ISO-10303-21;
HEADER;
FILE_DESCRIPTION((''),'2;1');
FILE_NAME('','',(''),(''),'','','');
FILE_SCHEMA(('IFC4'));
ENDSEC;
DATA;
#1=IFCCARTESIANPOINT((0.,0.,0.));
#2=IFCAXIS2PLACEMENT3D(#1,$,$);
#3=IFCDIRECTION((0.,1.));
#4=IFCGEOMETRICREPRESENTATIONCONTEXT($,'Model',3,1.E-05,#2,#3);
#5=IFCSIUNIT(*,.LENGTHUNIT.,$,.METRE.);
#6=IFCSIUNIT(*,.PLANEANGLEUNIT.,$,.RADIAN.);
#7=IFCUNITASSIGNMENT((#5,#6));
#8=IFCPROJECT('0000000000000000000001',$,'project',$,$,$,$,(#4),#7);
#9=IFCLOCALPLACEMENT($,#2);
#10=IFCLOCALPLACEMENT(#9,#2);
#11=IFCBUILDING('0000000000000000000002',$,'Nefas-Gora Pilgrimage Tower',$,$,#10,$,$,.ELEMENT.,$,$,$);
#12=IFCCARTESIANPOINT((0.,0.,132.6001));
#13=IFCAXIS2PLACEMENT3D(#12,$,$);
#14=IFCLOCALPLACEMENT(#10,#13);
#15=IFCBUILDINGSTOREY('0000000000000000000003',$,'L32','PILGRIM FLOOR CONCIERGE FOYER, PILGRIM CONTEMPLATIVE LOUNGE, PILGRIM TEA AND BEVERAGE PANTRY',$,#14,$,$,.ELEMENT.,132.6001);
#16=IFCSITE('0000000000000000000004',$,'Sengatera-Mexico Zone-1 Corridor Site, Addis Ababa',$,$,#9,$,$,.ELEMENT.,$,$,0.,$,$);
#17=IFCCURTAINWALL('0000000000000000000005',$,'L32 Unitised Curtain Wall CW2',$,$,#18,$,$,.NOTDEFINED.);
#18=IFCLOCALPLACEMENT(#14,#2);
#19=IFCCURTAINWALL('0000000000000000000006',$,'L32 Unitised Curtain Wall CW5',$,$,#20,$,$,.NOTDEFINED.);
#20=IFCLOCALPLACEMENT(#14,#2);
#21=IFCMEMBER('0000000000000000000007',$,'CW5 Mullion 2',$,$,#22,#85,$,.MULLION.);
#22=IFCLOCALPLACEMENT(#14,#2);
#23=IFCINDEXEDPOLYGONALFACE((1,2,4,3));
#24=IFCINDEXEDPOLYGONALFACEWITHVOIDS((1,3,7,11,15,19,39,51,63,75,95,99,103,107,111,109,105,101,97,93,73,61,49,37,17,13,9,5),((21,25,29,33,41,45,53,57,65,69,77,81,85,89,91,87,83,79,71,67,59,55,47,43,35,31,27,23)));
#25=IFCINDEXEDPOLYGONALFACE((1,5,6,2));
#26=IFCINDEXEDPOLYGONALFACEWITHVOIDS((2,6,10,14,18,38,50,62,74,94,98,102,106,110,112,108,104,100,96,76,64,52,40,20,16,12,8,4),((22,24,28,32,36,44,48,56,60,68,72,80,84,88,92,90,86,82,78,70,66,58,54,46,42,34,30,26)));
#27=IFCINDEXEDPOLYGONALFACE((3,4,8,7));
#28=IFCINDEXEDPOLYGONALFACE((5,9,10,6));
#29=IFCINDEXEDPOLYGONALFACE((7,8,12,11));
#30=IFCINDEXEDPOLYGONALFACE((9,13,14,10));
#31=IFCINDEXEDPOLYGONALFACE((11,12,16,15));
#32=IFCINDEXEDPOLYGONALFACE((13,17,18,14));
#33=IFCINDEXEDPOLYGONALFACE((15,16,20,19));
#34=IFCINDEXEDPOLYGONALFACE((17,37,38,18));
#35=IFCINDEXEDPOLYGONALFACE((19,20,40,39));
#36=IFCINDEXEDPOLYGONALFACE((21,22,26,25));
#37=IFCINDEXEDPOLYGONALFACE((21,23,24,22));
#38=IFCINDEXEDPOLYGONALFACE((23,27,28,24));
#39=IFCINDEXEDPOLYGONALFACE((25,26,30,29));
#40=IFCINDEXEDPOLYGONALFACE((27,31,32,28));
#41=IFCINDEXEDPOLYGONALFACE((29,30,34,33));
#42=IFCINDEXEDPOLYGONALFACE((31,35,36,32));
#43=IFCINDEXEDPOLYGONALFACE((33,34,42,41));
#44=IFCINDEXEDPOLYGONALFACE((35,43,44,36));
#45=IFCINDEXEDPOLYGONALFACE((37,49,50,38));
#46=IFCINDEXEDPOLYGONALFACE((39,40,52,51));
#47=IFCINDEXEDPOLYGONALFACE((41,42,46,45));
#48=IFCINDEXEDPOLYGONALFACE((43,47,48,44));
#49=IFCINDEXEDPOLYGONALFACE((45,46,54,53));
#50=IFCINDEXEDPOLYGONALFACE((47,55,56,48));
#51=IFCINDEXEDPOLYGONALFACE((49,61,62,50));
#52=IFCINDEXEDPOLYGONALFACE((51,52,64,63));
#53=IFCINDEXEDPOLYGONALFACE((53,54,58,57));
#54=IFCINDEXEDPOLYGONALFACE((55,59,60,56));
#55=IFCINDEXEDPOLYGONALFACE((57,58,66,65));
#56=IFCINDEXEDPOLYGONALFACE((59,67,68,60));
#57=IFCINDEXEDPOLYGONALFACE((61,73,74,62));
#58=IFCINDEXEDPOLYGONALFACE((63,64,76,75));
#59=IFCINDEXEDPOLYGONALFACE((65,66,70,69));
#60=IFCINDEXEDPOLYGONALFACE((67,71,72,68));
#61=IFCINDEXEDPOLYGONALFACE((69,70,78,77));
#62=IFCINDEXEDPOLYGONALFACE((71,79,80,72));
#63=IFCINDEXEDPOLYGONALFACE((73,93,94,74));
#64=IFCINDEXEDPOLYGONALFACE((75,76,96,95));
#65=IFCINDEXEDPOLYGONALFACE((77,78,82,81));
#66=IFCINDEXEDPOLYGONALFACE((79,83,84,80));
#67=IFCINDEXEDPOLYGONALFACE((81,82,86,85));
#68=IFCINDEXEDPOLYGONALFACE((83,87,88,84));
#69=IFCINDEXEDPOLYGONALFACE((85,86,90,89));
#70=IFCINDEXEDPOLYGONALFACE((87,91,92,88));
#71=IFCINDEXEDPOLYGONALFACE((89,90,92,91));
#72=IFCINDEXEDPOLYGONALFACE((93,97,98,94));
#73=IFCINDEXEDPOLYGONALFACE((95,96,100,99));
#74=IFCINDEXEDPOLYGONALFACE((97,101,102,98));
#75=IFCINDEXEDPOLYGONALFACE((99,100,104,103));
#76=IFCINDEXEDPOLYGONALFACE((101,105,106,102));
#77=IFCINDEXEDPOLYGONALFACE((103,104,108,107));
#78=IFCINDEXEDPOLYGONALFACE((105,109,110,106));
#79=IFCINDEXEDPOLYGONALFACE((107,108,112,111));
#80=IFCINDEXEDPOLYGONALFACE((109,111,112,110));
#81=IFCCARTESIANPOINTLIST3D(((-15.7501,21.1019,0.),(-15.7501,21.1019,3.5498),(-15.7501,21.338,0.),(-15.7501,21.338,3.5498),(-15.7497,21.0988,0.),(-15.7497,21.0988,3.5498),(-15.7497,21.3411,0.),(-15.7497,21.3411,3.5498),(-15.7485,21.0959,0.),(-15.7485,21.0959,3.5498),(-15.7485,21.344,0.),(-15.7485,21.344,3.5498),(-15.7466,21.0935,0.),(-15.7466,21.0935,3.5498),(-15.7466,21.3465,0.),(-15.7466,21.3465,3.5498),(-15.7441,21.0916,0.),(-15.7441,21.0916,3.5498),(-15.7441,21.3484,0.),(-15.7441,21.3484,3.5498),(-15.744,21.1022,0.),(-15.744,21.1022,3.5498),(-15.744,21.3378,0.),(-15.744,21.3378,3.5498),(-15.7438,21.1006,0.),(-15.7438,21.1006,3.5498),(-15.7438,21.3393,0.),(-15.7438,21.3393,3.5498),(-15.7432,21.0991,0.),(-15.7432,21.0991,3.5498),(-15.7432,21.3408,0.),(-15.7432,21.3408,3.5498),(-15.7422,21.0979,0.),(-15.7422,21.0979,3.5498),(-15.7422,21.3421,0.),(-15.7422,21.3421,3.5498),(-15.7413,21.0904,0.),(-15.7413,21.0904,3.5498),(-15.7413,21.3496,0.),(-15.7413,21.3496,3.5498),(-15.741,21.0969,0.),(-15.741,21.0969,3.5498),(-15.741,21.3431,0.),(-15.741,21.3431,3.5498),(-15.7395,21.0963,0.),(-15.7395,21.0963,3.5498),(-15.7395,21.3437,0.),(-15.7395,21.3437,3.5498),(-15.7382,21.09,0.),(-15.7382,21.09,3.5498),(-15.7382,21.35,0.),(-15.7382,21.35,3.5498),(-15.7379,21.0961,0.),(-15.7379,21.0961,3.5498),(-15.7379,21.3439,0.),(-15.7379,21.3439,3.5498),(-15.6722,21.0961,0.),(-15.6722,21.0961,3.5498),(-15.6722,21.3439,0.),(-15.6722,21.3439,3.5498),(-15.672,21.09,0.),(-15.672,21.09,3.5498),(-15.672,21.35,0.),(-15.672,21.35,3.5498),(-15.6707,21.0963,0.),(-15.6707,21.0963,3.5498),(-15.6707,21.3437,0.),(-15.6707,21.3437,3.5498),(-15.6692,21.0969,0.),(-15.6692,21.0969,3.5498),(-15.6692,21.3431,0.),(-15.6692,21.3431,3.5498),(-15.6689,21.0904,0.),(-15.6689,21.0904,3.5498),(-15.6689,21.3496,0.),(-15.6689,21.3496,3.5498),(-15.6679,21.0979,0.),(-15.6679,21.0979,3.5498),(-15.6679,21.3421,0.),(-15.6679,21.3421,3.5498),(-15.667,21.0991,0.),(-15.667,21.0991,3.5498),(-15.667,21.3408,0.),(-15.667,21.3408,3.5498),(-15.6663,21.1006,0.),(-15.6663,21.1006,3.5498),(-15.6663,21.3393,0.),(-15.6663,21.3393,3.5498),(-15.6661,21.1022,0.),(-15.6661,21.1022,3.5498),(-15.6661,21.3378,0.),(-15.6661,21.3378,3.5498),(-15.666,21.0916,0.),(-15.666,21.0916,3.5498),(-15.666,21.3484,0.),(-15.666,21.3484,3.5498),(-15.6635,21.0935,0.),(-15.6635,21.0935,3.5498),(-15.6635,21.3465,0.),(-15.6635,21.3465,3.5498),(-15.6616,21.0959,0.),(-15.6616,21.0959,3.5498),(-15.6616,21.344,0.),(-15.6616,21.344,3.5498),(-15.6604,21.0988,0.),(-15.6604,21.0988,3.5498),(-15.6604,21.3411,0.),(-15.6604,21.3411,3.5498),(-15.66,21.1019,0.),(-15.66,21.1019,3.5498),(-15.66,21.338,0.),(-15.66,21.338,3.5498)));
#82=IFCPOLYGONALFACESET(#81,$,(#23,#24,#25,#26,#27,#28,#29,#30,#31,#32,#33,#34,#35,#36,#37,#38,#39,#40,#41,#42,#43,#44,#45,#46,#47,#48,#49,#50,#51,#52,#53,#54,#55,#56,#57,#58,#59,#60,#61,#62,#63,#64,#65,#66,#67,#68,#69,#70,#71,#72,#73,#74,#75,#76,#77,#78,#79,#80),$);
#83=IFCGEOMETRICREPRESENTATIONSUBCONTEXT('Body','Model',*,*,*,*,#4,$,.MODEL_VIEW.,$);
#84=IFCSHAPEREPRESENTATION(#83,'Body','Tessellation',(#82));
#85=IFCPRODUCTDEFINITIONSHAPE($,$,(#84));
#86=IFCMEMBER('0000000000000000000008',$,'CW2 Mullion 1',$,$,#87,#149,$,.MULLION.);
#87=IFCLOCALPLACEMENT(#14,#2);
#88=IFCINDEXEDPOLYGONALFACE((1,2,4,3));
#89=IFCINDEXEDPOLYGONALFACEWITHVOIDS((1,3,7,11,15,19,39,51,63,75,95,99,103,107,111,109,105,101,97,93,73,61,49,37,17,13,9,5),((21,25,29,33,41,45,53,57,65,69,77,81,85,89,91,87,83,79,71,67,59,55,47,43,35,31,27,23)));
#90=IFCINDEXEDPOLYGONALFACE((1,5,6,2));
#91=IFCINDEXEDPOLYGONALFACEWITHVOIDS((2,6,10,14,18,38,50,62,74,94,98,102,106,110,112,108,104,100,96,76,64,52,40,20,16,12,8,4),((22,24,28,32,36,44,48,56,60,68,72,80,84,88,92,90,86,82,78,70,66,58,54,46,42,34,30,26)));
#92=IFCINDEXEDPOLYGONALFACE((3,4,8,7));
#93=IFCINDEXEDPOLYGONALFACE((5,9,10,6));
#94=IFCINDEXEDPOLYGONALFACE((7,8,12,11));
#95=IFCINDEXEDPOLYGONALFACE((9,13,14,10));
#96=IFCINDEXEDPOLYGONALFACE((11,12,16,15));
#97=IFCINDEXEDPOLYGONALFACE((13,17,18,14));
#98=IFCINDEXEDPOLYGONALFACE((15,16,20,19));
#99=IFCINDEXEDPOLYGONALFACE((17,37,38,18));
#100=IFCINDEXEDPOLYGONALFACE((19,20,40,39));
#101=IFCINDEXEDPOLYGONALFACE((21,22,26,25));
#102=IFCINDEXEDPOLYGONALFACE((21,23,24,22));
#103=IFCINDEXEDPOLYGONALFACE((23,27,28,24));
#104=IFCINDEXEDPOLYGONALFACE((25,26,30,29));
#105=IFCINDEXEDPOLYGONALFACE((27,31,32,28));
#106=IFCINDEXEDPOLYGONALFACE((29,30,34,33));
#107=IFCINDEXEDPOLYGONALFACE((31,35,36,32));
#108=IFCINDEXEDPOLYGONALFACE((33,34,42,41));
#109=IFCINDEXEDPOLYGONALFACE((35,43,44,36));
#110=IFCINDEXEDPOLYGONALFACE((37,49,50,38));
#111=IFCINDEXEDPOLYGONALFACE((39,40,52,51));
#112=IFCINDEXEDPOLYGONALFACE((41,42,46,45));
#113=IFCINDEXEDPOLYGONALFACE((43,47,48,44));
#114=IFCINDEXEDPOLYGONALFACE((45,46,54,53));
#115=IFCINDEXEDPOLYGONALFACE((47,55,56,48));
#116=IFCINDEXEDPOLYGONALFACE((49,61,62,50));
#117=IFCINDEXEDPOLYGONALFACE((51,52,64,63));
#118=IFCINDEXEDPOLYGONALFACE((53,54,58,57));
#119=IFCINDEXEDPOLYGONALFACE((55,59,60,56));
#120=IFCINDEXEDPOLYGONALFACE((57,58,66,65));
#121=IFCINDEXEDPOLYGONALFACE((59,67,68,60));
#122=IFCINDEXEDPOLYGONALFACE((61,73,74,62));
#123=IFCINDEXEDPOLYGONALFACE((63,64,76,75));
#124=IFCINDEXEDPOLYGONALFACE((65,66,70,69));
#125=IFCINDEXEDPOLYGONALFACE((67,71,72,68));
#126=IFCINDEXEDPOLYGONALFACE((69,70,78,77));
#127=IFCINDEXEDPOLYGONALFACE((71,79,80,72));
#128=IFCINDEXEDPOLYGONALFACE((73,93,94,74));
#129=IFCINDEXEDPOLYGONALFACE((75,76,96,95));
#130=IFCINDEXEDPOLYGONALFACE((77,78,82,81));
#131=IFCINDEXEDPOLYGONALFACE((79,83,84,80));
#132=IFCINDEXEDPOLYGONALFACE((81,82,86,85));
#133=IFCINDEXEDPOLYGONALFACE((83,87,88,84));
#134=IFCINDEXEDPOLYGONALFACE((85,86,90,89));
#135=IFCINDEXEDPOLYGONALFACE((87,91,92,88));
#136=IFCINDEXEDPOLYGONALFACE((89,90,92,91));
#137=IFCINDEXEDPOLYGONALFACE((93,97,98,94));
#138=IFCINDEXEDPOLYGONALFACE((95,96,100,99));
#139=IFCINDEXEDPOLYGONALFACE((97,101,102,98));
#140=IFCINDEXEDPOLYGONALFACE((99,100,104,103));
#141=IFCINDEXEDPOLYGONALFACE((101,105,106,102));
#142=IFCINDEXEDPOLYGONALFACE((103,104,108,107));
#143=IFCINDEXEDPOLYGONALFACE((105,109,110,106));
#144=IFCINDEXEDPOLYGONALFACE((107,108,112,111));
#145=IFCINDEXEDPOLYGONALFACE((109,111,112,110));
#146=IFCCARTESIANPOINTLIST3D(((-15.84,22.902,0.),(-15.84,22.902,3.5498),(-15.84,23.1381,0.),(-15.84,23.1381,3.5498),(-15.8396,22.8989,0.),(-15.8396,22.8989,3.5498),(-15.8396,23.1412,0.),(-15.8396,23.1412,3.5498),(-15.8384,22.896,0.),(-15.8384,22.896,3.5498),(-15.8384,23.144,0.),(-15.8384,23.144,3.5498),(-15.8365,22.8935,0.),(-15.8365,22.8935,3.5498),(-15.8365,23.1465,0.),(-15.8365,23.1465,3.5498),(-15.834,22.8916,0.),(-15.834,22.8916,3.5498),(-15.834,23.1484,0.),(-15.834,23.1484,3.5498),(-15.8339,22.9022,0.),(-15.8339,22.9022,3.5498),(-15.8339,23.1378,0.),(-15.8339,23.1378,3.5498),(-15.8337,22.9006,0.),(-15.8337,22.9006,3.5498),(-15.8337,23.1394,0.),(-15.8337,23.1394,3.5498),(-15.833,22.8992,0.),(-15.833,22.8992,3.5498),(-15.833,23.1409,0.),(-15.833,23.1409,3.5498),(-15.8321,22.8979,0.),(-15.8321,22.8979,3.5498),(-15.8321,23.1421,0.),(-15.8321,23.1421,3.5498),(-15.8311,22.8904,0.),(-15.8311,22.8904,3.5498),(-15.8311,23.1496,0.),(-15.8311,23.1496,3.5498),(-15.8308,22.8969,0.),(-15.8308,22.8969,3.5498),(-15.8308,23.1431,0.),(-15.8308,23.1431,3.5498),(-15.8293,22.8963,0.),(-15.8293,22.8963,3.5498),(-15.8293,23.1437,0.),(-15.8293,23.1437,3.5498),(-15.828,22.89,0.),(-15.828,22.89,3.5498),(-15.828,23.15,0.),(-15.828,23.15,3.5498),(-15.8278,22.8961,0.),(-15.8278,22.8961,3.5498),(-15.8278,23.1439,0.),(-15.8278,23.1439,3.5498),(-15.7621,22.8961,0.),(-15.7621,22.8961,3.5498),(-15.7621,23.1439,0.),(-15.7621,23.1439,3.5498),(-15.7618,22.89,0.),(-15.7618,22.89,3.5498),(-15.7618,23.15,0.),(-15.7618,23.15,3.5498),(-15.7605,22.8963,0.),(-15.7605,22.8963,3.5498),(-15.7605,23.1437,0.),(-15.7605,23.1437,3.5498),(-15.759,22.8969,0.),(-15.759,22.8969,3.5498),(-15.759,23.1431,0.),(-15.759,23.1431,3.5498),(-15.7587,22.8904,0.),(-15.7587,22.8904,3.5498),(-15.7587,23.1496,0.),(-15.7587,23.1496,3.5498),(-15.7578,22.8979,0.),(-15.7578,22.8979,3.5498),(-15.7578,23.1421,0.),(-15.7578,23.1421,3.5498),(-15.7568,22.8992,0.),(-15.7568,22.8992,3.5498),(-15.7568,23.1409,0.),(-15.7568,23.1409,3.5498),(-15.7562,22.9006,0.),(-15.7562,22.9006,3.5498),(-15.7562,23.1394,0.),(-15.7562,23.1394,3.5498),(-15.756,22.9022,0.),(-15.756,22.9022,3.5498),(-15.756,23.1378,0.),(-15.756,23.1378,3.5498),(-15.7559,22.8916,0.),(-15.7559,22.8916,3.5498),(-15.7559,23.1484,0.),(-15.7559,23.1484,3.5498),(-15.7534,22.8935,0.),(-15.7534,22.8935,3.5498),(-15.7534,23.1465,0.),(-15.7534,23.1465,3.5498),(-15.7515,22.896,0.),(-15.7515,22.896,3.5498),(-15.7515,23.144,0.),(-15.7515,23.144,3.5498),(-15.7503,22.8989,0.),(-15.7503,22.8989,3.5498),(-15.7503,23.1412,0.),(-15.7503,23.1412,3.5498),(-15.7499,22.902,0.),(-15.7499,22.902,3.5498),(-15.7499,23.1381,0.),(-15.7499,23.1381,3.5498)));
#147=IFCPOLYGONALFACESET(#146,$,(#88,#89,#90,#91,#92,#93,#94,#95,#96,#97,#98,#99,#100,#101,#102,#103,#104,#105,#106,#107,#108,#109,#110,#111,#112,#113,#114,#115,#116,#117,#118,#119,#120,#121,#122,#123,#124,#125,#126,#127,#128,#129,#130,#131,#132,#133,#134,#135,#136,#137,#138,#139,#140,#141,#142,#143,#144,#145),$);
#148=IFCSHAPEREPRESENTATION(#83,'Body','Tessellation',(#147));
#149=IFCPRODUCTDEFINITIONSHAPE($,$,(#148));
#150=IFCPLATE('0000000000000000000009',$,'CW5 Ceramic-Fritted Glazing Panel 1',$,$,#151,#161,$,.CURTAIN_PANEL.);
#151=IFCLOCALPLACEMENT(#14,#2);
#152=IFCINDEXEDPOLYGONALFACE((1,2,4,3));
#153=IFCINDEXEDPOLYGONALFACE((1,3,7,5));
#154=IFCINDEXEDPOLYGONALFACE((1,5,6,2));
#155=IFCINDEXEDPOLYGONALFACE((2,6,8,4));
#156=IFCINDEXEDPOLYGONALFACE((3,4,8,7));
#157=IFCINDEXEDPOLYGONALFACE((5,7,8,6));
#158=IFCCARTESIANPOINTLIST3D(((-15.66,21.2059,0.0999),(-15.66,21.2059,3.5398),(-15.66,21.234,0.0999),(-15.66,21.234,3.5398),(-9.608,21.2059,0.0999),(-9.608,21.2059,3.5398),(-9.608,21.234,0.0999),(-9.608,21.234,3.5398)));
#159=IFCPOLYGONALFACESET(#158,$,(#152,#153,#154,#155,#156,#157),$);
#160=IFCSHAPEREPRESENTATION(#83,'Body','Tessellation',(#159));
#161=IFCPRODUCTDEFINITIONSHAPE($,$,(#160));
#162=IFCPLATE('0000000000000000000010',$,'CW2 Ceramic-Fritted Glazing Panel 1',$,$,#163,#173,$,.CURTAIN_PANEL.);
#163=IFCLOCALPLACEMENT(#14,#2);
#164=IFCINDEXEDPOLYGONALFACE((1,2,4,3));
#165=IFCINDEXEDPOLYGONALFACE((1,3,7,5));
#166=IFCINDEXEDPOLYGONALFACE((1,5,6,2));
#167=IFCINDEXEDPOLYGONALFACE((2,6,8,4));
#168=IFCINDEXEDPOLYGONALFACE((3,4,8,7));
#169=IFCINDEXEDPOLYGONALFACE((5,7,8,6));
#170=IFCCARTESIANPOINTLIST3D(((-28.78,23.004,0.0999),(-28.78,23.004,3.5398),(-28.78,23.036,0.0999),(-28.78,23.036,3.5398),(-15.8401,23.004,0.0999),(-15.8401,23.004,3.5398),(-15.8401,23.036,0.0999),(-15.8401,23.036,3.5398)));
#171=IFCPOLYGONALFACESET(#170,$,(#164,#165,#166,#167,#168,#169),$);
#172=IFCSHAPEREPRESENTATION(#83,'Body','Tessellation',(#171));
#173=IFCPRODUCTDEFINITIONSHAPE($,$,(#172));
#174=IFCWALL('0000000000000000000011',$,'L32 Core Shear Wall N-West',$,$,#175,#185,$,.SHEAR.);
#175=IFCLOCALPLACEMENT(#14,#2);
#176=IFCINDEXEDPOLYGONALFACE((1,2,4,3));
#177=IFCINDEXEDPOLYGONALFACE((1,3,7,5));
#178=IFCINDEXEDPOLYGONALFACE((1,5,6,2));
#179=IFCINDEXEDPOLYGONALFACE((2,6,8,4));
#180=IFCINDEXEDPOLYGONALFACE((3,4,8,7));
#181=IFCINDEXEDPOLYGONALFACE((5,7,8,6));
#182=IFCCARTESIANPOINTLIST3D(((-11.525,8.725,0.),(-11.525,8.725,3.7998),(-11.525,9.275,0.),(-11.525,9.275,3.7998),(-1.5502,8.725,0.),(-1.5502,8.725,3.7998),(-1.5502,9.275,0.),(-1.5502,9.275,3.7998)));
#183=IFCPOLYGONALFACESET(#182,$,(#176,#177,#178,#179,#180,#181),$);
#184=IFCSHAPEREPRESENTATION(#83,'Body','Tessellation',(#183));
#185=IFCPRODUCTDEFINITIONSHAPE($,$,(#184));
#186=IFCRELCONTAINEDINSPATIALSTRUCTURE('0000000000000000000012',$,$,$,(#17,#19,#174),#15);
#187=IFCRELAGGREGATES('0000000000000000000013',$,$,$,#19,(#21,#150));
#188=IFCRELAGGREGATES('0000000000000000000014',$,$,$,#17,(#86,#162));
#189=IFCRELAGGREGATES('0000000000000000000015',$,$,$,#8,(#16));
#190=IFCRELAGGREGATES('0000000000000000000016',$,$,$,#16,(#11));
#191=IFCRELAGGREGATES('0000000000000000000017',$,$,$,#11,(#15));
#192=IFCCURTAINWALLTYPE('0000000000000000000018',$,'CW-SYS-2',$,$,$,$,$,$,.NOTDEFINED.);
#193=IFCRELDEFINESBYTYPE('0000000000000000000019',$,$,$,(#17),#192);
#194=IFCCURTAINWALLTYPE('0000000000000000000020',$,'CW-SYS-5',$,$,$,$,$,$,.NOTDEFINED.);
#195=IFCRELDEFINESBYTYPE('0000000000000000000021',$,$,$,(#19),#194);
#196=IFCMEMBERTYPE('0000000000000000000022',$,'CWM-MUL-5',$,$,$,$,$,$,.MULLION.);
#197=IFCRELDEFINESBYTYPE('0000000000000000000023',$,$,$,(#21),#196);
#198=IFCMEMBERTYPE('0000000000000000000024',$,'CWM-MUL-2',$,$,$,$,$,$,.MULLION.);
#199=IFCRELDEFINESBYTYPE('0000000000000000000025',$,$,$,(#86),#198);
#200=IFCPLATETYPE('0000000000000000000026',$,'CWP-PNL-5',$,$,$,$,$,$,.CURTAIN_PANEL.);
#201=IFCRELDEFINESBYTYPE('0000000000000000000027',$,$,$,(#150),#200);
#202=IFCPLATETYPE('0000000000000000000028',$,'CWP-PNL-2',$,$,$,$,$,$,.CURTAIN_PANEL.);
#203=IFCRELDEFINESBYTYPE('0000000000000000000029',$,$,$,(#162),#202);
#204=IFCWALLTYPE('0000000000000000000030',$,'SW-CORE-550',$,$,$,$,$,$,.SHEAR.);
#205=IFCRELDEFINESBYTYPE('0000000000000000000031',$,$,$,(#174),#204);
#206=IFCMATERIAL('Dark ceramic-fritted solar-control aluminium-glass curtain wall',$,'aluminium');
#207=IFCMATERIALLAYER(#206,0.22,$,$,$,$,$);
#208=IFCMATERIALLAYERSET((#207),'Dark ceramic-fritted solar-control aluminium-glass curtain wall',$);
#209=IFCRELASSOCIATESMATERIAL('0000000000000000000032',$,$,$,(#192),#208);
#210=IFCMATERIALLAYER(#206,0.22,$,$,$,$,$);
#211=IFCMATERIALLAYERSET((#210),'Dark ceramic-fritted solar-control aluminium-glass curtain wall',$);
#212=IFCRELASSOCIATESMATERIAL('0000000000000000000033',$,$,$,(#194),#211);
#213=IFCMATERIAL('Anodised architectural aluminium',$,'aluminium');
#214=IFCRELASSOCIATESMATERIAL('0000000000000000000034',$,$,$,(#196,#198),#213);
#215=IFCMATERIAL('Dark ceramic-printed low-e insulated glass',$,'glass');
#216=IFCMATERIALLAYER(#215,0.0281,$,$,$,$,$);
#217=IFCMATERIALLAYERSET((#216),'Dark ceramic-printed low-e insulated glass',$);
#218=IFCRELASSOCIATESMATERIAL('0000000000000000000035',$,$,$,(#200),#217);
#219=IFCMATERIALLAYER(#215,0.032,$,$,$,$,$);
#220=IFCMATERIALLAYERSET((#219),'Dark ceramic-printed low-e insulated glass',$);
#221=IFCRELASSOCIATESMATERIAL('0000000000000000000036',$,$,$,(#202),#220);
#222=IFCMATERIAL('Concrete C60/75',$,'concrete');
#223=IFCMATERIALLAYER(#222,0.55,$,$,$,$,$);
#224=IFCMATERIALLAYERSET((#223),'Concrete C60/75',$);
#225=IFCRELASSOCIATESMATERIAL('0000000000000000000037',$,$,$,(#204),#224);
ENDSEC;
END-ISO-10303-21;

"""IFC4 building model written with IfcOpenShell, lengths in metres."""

from ifc_helpers import new_model, si_unit, direction, frame, frame_2d, origin, origin_2d, place, context, subcontext, project, spatial, rectangle, hollow_rectangle, extrude, source, transform, mapped, material, layer, layer_set, material_profile, profile_set, type_object, element, aggregate, save


model = new_model("IFC4")

# Units and contexts
model_context = context("Model", 3, precision=1e-05, world=origin(), true_north=direction((0.0, 1.0)))
body_context = subcontext(model_context, "Body", "Model", "MODEL_VIEW")
ifc_project = project(units=[si_unit("LENGTHUNIT", "METRE"), si_unit("PLANEANGLEUNIT", "RADIAN")], contexts=[model_context])

# Site, building, storey
site_placement = place(None, origin())
site = spatial("IfcSite", under=ifc_project, at=site_placement, Name="Sengatera-Mexico Zone-1 Corridor Site, Addis Ababa", CompositionType="ELEMENT", RefElevation=0.0)
building_placement = place(site_placement, origin())
building = spatial("IfcBuilding", under=site, at=building_placement, Name="Nefas-Gora Pilgrimage Tower", CompositionType="ELEMENT")
storey_placement = place(building_placement, frame((0.0, 0.0, 132.6001)))
storey = spatial("IfcBuildingStorey", under=building, at=storey_placement, Name="L32", Description="PILGRIM FLOOR CONCIERGE FOYER, PILGRIM CONTEMPLATIVE LOUNGE, PILGRIM TEA AND BEVERAGE PANTRY", CompositionType="ELEMENT", Elevation=132.6001)

# Curtain walls, member
ifc_material_1 = material(Name="Dark ceramic-fritted solar-control aluminium-glass curtain wall", Category="aluminium")
ifc_layer_1 = layer(ifc_material_1, 0.22)
ifc_layer_set_1 = layer_set([ifc_layer_1], Name="Dark ceramic-fritted solar-control aluminium-glass curtain wall")
curtain_wall_type_1 = type_object("IfcCurtainWallType", Name="CW-SYS-2", PredefinedType="NOTDEFINED", material=ifc_layer_set_1)
curtain_wall_1_placement = place(storey_placement, origin())
curtain_wall_1 = element("IfcCurtainWall", 1, at=curtain_wall_1_placement, inside=storey, type_object=curtain_wall_type_1, Name="L32 Unitised Curtain Wall CW2", PredefinedType="NOTDEFINED")
ifc_material_2 = material(Name="Anodised architectural aluminium", Category="aluminium")
ifc_layer_2 = layer(ifc_material_1, 0.22)
ifc_layer_set_2 = layer_set([ifc_layer_2], Name="Dark ceramic-fritted solar-control aluminium-glass curtain wall")
curtain_wall_type_2 = type_object("IfcCurtainWallType", Name="CW-SYS-5", PredefinedType="NOTDEFINED", material=ifc_layer_set_2)
curtain_wall_2_placement = place(storey_placement, origin())
curtain_wall_2 = element("IfcCurtainWall", 2, at=curtain_wall_2_placement, inside=storey, type_object=curtain_wall_type_2, Name="L32 Unitised Curtain Wall CW5", PredefinedType="NOTDEFINED")
ifc_material_profile_1 = material_profile(ifc_material_2, hollow_rectangle(XDim=0.0901, YDim=0.26, WallThickness=0.0061, InnerFilletRadius=0.0061, OuterFilletRadius=0.012, at=origin_2d()), Name="ALU MULLION 90x260")
ifc_profile_set_1 = profile_set([ifc_material_profile_1], Name="Anodised architectural aluminium")
member_type_1 = type_object("IfcMemberType", Name="CWM-MUL-5", PredefinedType="MULLION", material=ifc_profile_set_1)
shared_shape_1 = source(origin(), body_context, "Body", "SweptSolid", [
    extrude(hollow_rectangle(XDim=0.0901, YDim=0.26, WallThickness=0.0061, InnerFilletRadius=0.0061, OuterFilletRadius=0.012, at=origin_2d()), origin(), (0.0, 0.0, 1.0), 3.5498),
])
member_1_placement = place(storey_placement, frame((-15.7051, 21.22, 0.0), z_axis=(0.0, 0.0, 1.0), x_axis=(-1.0, 0.0, 0.0)))
member_1 = element("IfcMember", 3, at=member_1_placement, type_object=member_type_1, Name="CW5 Mullion 2", PredefinedType="MULLION", context=body_context, shape_type="MappedRepresentation", body=[
    mapped(shared_shape_1, transform((0.0, 0.0, 0.0), x_axis=(1.0, 0.0, 0.0), y_axis=(0.0, 1.0, 0.0), z_axis=(0.0, 0.0, 1.0), scale=1.0)),
])

# Member
ifc_material_profile_2 = material_profile(ifc_material_2, hollow_rectangle(XDim=0.0901, YDim=0.26, WallThickness=0.0061, InnerFilletRadius=0.0061, OuterFilletRadius=0.012, at=origin_2d()), Name="ALU MULLION 90x260")
ifc_profile_set_2 = profile_set([ifc_material_profile_2], Name="Anodised architectural aluminium")
member_type_2 = type_object("IfcMemberType", Name="CWM-MUL-2", PredefinedType="MULLION", material=ifc_profile_set_2)
shared_shape_2 = source(origin(), body_context, "Body", "SweptSolid", [
    extrude(hollow_rectangle(XDim=0.0901, YDim=0.26, WallThickness=0.0061, InnerFilletRadius=0.0061, OuterFilletRadius=0.012, at=origin_2d()), origin(), (0.0, 0.0, 1.0), 3.5498),
])
member_2_placement = place(storey_placement, frame((-15.7949, 23.02, 0.0), z_axis=(0.0, 0.0, 1.0), x_axis=(-1.0, 0.0, 0.0)))
member_2 = element("IfcMember", 4, at=member_2_placement, type_object=member_type_2, Name="CW2 Mullion 1", PredefinedType="MULLION", context=body_context, shape_type="MappedRepresentation", body=[
    mapped(shared_shape_2, transform((0.0, 0.0, 0.0), x_axis=(1.0, 0.0, 0.0), y_axis=(0.0, 1.0, 0.0), z_axis=(0.0, 0.0, 1.0), scale=1.0)),
])

# Plates
ifc_material_3 = material(Name="Dark ceramic-printed low-e insulated glass", Category="glass")
ifc_layer_3 = layer(ifc_material_3, 0.0281)
ifc_layer_set_3 = layer_set([ifc_layer_3], Name="Dark ceramic-printed low-e insulated glass")
plate_type_1 = type_object("IfcPlateType", Name="CWP-PNL-5", PredefinedType="CURTAIN_PANEL", material=ifc_layer_set_3)
shared_shape_3 = source(origin(), body_context, "Body", "SweptSolid", [
    extrude(rectangle(XDim=6.052, YDim=0.0281, at=origin_2d()), origin(), (0.0, 0.0, 1.0), 3.4399),
])
plate_1_placement = place(storey_placement, frame((-12.634, 21.22, 0.0999), z_axis=(0.0, 0.0, 1.0), x_axis=(-1.0, 0.0, 0.0)))
plate_1 = element("IfcPlate", 5, at=plate_1_placement, type_object=plate_type_1, Name="CW5 Ceramic-Fritted Glazing Panel 1", PredefinedType="CURTAIN_PANEL", context=body_context, shape_type="MappedRepresentation", body=[
    mapped(shared_shape_3, transform((0.0, 0.0, 0.0), x_axis=(1.0, 0.0, 0.0), y_axis=(0.0, 1.0, 0.0), z_axis=(0.0, 0.0, 1.0), scale=1.0)),
])
aggregate(curtain_wall_2, [member_1, plate_1])
ifc_layer_4 = layer(ifc_material_3, 0.032)
ifc_layer_set_4 = layer_set([ifc_layer_4], Name="Dark ceramic-printed low-e insulated glass")
plate_type_2 = type_object("IfcPlateType", Name="CWP-PNL-2", PredefinedType="CURTAIN_PANEL", material=ifc_layer_set_4)
shared_shape_4 = source(origin(), body_context, "Body", "SweptSolid", [
    extrude(rectangle(XDim=12.9399, YDim=0.032, at=origin_2d()), origin(), (0.0, 0.0, 1.0), 3.4399),
])
plate_2_placement = place(storey_placement, frame((-22.3101, 23.02, 0.0999), z_axis=(0.0, 0.0, 1.0), x_axis=(-1.0, 0.0, 0.0)))
plate_2 = element("IfcPlate", 6, at=plate_2_placement, type_object=plate_type_2, Name="CW2 Ceramic-Fritted Glazing Panel 1", PredefinedType="CURTAIN_PANEL", context=body_context, shape_type="MappedRepresentation", body=[
    mapped(shared_shape_4, transform((0.0, 0.0, 0.0), x_axis=(1.0, 0.0, 0.0), y_axis=(0.0, 1.0, 0.0), z_axis=(0.0, 0.0, 1.0), scale=1.0)),
])
aggregate(curtain_wall_1, [member_2, plate_2])

# Wall
ifc_material_4 = material(Name="Concrete C60/75", Category="concrete")
ifc_layer_5 = layer(ifc_material_4, 0.55)
ifc_layer_set_5 = layer_set([ifc_layer_5], Name="Concrete C60/75")
wall_type_1 = type_object("IfcWallType", Name="SW-CORE-550", PredefinedType="SHEAR", material=ifc_layer_set_5)
shared_shape_5 = source(origin(), body_context, "Body", "SweptSolid", [
    extrude(rectangle(XDim=9.9749, YDim=0.55, at=frame_2d((4.9873, 0.0))), origin(), (0.0, 0.0, 1.0), 3.7998),
])
wall_1_placement = place(storey_placement, frame((-11.5249, 9.0, 0.0), z_axis=(0.0, 0.0, 1.0), x_axis=(1.0, 0.0, 0.0)))
element("IfcWall", 7, at=wall_1_placement, inside=storey, type_object=wall_type_1, Name="L32 Core Shear Wall N-West", PredefinedType="SHEAR", context=body_context, shape_type="MappedRepresentation", body=[
    mapped(shared_shape_5, transform((0.0, 0.0, 0.0), x_axis=(1.0, 0.0, 0.0), y_axis=(0.0, 1.0, 0.0), z_axis=(0.0, 0.0, 1.0), scale=1.0)),
])

save(model, "model.ifc")
